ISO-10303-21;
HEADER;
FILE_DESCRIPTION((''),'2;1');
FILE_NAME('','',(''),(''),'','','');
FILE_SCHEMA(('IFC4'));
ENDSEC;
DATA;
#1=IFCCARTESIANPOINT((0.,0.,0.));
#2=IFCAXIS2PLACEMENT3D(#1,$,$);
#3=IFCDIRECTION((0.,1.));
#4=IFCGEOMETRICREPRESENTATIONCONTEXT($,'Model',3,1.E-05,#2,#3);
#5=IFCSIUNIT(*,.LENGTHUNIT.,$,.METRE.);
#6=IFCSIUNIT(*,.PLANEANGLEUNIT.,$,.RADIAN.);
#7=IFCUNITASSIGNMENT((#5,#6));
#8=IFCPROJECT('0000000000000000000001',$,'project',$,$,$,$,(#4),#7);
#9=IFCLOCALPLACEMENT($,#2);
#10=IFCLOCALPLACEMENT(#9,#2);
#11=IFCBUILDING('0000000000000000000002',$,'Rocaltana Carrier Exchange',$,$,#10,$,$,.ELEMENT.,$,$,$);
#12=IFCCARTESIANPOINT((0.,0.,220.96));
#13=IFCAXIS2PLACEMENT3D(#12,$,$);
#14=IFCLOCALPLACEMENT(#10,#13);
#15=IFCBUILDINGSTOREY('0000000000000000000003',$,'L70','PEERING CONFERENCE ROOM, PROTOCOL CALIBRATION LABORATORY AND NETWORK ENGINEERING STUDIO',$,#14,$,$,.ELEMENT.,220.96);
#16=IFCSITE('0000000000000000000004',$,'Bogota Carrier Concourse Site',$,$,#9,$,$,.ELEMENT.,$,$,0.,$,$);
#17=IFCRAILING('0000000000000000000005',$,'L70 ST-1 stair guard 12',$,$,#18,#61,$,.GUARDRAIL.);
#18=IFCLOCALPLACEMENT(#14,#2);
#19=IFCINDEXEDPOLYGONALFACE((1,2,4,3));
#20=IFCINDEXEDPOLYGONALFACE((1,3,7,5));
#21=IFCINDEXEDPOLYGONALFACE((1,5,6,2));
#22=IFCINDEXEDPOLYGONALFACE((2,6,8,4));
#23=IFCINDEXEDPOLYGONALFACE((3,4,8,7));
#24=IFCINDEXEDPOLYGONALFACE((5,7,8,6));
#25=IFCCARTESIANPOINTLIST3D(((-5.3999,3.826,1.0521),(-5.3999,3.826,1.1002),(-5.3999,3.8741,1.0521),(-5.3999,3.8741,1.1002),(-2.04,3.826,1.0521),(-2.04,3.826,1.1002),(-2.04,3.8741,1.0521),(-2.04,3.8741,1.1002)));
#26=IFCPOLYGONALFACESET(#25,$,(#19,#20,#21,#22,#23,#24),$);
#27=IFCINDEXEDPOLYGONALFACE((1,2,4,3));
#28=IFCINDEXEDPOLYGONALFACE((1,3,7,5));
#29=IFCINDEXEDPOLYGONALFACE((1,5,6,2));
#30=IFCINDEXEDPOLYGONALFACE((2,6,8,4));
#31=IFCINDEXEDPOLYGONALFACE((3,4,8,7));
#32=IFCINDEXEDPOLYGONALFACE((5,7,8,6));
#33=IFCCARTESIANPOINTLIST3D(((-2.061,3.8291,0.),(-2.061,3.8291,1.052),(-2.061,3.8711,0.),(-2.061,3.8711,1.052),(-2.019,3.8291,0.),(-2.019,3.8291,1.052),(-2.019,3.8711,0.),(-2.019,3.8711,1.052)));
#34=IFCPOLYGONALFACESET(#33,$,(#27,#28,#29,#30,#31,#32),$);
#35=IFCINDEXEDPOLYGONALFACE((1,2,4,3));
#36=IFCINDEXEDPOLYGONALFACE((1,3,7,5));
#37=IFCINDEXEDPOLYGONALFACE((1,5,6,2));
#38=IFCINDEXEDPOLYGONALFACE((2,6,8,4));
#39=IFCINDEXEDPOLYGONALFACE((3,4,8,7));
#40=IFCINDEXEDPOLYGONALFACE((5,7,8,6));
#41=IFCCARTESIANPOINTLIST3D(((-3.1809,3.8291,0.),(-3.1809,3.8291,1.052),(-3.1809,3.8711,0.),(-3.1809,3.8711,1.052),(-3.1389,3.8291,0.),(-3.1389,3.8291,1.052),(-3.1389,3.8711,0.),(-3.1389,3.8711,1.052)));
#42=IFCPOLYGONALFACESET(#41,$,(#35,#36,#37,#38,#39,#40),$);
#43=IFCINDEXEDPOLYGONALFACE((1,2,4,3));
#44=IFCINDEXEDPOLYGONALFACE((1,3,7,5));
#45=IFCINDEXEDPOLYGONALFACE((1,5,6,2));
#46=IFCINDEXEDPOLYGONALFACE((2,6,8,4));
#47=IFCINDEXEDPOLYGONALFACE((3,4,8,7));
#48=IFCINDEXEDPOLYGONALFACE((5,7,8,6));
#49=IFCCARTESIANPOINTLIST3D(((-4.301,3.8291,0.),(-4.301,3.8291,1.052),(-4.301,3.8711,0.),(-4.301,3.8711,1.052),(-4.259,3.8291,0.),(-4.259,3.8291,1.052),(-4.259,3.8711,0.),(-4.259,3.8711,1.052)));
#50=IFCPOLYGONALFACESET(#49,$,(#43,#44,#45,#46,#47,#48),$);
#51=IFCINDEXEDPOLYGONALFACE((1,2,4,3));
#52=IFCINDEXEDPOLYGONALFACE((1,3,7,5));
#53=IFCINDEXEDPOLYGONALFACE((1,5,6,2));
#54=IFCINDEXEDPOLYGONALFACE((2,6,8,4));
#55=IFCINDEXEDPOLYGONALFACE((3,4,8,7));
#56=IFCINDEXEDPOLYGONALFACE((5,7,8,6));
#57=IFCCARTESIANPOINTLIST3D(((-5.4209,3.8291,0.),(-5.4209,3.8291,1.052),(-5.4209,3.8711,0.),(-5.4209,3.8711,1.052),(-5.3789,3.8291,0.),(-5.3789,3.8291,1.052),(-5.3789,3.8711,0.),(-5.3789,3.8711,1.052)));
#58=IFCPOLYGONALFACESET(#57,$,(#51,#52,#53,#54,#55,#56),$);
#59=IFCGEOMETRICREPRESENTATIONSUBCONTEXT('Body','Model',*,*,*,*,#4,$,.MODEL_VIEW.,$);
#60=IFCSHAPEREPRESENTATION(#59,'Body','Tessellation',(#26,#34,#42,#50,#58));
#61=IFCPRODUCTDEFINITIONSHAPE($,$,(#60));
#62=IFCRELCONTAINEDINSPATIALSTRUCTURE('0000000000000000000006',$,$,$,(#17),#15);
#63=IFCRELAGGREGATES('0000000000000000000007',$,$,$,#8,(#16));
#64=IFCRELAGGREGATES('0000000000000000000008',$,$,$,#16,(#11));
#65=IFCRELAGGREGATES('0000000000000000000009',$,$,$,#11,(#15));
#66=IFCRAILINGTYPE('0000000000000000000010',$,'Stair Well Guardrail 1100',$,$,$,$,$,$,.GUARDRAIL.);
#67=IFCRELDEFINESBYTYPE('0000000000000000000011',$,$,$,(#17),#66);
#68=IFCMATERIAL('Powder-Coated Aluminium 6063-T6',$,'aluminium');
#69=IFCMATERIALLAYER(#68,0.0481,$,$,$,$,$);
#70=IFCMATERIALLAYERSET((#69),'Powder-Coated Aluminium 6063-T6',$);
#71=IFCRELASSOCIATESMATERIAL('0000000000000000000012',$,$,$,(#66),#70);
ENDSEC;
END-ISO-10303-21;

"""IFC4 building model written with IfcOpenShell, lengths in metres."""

from ifc_helpers import new_model, si_unit, direction, frame, origin, origin_2d, place, context, subcontext, project, spatial, rectangle, extrude, material, layer, layer_set, type_object, element, save


model = new_model("IFC4")

# Units and contexts
model_context = context("Model", 3, precision=1e-05, world=origin(), true_north=direction((0.0, 1.0)))
body_context = subcontext(model_context, "Body", "Model", "MODEL_VIEW")
ifc_project = project(units=[si_unit("LENGTHUNIT", "METRE"), si_unit("PLANEANGLEUNIT", "RADIAN")], contexts=[model_context])

# Site, building, storey
site_placement = place(None, origin())
site = spatial("IfcSite", under=ifc_project, at=site_placement, Name="Bogota Carrier Concourse Site", CompositionType="ELEMENT", RefElevation=0.0)
building_placement = place(site_placement, origin())
building = spatial("IfcBuilding", under=site, at=building_placement, Name="Rocaltana Carrier Exchange", CompositionType="ELEMENT")
storey_placement = place(building_placement, frame((0.0, 0.0, 220.96)))
storey = spatial("IfcBuildingStorey", under=building, at=storey_placement, Name="L70", Description="PEERING CONFERENCE ROOM, PROTOCOL CALIBRATION LABORATORY AND NETWORK ENGINEERING STUDIO", CompositionType="ELEMENT", Elevation=220.96)

# Railing
ifc_material_1 = material(Name="Powder-Coated Aluminium 6063-T6", Category="aluminium")
ifc_layer_1 = layer(ifc_material_1, 0.0481)
ifc_layer_set_1 = layer_set([ifc_layer_1], Name="Powder-Coated Aluminium 6063-T6")
railing_type = type_object("IfcRailingType", Name="Stair Well Guardrail 1100", PredefinedType="GUARDRAIL", material=ifc_layer_set_1)
railing_1_placement = place(storey_placement, frame((-2.04, 3.8501, 0.0)))
element("IfcRailing", 1, at=railing_1_placement, inside=storey, type_object=railing_type, Name="L70 ST-1 stair guard 12", PredefinedType="GUARDRAIL", context=body_context, shape_type="SweptSolid", body=[
    extrude(rectangle(XDim=0.0481, YDim=0.0481, at=origin_2d()), frame((0.0, 0.0, 1.0762), z_axis=(-1.0, 0.0, 0.0), x_axis=(0.0, -1.0, 0.0)), (0.0, 0.0, 1.0), 3.3599),
    extrude(rectangle(XDim=0.042, YDim=0.042, at=origin_2d()), origin(), (0.0, 0.0, 1.0), 1.052),
    extrude(rectangle(XDim=0.042, YDim=0.042, at=origin_2d()), frame((-1.1199, 0.0, 0.0)), (0.0, 0.0, 1.0), 1.052),
    extrude(rectangle(XDim=0.042, YDim=0.042, at=origin_2d()), frame((-2.24, 0.0, 0.0)), (0.0, 0.0, 1.0), 1.052),
    extrude(rectangle(XDim=0.042, YDim=0.042, at=origin_2d()), frame((-3.3599, 0.0, 0.0)), (0.0, 0.0, 1.0), 1.052),
])

save(model, "model.ifc")
